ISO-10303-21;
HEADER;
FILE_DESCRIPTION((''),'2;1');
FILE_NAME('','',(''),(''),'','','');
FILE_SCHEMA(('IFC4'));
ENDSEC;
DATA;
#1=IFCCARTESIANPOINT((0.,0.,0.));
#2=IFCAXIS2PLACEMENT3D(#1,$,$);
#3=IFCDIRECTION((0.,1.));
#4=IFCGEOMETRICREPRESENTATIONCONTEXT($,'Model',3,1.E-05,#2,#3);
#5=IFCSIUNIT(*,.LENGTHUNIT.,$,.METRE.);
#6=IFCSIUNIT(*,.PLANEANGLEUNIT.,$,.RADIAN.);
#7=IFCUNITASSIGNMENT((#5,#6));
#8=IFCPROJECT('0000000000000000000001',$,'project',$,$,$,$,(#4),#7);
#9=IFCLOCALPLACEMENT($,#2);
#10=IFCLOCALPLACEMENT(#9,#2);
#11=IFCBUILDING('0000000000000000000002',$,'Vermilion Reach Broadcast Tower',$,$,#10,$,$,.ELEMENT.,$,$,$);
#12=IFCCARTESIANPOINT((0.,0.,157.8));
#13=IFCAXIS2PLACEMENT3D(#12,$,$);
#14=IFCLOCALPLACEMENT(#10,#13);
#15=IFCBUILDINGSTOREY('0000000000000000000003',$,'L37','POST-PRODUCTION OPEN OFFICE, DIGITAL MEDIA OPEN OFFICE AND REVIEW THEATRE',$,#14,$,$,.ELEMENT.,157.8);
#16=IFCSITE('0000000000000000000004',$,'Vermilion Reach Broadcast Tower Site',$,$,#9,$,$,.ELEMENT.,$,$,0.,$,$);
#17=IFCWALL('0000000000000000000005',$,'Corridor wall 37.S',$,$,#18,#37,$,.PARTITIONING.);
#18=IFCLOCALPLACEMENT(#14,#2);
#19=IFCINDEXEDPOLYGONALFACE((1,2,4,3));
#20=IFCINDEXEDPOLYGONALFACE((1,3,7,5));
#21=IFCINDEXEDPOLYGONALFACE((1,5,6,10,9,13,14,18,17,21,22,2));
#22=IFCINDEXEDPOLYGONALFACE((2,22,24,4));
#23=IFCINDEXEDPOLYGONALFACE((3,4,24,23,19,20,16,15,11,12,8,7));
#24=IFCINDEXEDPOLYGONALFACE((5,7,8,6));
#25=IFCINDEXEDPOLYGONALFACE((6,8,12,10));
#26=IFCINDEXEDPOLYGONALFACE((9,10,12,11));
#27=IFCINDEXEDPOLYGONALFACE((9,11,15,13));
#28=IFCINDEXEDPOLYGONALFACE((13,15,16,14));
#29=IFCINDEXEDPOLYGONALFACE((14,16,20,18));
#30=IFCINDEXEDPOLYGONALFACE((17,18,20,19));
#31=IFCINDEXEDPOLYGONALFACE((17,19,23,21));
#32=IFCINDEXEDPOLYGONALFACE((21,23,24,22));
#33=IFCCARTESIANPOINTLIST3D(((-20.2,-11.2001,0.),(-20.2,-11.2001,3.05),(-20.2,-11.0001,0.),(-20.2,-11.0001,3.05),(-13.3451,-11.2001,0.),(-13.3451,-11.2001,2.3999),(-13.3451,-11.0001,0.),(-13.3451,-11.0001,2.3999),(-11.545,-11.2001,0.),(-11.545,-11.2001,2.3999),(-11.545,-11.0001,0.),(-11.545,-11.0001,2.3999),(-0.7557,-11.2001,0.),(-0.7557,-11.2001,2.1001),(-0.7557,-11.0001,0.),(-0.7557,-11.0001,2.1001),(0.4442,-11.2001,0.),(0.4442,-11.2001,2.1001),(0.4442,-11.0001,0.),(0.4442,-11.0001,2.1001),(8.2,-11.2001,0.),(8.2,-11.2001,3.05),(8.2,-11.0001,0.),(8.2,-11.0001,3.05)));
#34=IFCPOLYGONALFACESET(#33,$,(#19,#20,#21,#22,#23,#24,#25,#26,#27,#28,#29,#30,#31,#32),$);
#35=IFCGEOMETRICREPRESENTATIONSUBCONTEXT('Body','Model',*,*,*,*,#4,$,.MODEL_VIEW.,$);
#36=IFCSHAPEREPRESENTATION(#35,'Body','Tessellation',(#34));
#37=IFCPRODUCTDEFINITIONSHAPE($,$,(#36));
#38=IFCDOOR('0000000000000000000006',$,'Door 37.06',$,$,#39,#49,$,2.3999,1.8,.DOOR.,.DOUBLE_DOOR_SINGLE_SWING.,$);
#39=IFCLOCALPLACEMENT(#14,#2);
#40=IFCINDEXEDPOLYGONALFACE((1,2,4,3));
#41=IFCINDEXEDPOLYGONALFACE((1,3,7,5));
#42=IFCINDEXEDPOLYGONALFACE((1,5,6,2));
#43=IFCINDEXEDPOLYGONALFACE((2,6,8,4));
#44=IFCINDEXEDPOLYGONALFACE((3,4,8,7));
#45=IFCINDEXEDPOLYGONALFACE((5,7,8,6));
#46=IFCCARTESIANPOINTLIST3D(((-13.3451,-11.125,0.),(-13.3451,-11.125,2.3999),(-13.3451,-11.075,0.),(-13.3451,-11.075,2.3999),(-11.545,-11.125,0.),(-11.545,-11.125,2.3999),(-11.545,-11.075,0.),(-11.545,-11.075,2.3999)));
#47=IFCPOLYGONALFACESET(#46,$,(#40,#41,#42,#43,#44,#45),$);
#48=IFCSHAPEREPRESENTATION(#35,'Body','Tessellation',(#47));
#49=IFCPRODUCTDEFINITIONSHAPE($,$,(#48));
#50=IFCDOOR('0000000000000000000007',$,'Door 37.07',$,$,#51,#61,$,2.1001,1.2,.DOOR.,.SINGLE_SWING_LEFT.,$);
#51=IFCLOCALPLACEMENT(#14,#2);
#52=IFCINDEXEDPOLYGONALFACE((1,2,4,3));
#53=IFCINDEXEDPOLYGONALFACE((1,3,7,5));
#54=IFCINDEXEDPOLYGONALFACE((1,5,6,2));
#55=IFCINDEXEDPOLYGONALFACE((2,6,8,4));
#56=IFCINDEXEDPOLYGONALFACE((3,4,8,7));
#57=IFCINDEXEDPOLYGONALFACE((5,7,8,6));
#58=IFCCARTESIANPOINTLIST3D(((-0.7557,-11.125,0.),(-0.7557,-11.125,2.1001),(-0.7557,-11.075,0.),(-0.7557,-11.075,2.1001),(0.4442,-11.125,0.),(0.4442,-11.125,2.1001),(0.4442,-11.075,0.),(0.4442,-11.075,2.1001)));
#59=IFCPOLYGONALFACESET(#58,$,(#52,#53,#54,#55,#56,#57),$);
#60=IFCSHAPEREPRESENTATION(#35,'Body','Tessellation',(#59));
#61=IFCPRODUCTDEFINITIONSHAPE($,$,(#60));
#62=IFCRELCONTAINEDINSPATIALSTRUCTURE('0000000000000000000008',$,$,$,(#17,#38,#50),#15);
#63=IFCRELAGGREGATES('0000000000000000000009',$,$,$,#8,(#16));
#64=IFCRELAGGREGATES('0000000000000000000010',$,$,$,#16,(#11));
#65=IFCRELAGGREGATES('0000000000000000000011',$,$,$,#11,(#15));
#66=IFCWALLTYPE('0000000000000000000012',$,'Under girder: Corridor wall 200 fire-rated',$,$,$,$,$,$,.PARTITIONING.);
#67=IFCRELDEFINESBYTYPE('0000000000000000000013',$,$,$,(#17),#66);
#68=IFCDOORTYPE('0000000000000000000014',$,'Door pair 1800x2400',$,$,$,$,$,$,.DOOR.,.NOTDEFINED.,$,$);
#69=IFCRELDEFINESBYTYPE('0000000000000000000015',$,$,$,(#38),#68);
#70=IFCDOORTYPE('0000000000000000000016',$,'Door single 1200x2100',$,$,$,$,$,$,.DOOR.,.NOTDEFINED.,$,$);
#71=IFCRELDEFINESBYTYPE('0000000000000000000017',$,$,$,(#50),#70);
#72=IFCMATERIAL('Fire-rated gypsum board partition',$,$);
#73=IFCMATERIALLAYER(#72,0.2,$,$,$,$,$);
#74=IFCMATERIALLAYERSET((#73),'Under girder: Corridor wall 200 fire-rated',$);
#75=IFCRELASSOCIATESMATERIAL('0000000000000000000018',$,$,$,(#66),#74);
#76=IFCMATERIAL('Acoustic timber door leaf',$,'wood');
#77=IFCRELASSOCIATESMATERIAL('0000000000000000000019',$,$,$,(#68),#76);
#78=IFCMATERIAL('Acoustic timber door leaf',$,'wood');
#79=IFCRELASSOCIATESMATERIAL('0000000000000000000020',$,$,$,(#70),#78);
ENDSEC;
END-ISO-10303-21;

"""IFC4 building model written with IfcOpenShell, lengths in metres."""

from ifc_helpers import new_model, si_unit, direction, frame, frame_2d, origin, place, context, subcontext, project, spatial, rectangle, extrude, material, layer, layer_set, type_object, element, fill, save


model = new_model("IFC4")

# Units and contexts
model_context = context("Model", 3, precision=1e-05, world=origin(), true_north=direction((0.0, 1.0)))
body_context = subcontext(model_context, "Body", "Model", "MODEL_VIEW")
ifc_project = project(units=[si_unit("LENGTHUNIT", "METRE"), si_unit("PLANEANGLEUNIT", "RADIAN")], contexts=[model_context])

# Site, building, storey
site_placement = place(None, origin())
site = spatial("IfcSite", under=ifc_project, at=site_placement, Name="Vermilion Reach Broadcast Tower Site", CompositionType="ELEMENT", RefElevation=0.0)
building_placement = place(site_placement, origin())
building = spatial("IfcBuilding", under=site, at=building_placement, Name="Vermilion Reach Broadcast Tower", CompositionType="ELEMENT")
storey_placement = place(building_placement, frame((0.0, 0.0, 157.8)))
storey = spatial("IfcBuildingStorey", under=building, at=storey_placement, Name="L37", Description="POST-PRODUCTION OPEN OFFICE, DIGITAL MEDIA OPEN OFFICE AND REVIEW THEATRE", CompositionType="ELEMENT", Elevation=157.8)

# Wall, openings, doors
ifc_material_1 = material(Name="Fire-rated gypsum board partition")
ifc_layer_1 = layer(ifc_material_1, 0.2)
ifc_layer_set_1 = layer_set([ifc_layer_1], Name="Under girder: Corridor wall 200 fire-rated")
wall_type_1 = type_object("IfcWallType", Name="Under girder: Corridor wall 200 fire-rated", PredefinedType="PARTITIONING", material=ifc_layer_set_1)
wall_1_placement = place(storey_placement, frame((8.2, -11.1001, 0.0), z_axis=(0.0, 0.0, 1.0), x_axis=(-1.0, 0.0, 0.0)))
wall_1 = element("IfcWall", 1, at=wall_1_placement, inside=storey, type_object=wall_type_1, Name="Corridor wall 37.S", PredefinedType="PARTITIONING", context=body_context, shape_type="SweptSolid", body=[
    extrude(rectangle(XDim=28.3999, YDim=0.2, at=frame_2d((14.2, 0.0))), origin(), (0.0, 0.0, 1.0), 3.05),
])
opening_1_placement = place(wall_1_placement, frame((19.7451, 0.0, 0.0)))
opening_1 = element("IfcOpeningElement", 2, at=opening_1_placement, cuts=wall_1, PredefinedType="OPENING", context=body_context, shape_type="SweptSolid", body=[
    extrude(rectangle(XDim=1.8, YDim=2.3999, at=frame_2d((0.8999, 1.2))), frame((0.0, 0.1099, 0.0), z_axis=(0.0, -1.0, 0.0), x_axis=(1.0, 0.0, 0.0)), (0.0, 0.0, 1.0), 0.22),
])
opening_2_placement = place(wall_1_placement, frame((7.7556, 0.0, 0.0)))
opening_2 = element("IfcOpeningElement", 3, at=opening_2_placement, cuts=wall_1, PredefinedType="OPENING", context=body_context, shape_type="SweptSolid", body=[
    extrude(rectangle(XDim=1.2, YDim=2.1001, at=frame_2d((0.6001, 1.05))), frame((0.0, 0.1099, 0.0), z_axis=(0.0, -1.0, 0.0), x_axis=(1.0, 0.0, 0.0)), (0.0, 0.0, 1.0), 0.22),
])
ifc_material_2 = material(Name="Acoustic timber door leaf", Category="wood")
door_type_1 = type_object("IfcDoorType", Name="Door pair 1800x2400", OperationType="NOTDEFINED", PredefinedType="DOOR", material=ifc_material_2)
door_1_placement = place(opening_1_placement, origin())
door_1 = element("IfcDoor", 4, at=door_1_placement, inside=storey, type_object=door_type_1, Name="Door 37.06", OperationType="DOUBLE_DOOR_SINGLE_SWING", OverallHeight=2.3999, OverallWidth=1.8, PredefinedType="DOOR", context=body_context, shape_type="SweptSolid", body=[
    extrude(rectangle(XDim=1.8, YDim=2.3999, at=frame_2d((0.8999, 1.2))), frame((0.0, 0.0249, 0.0), z_axis=(0.0, -1.0, 0.0), x_axis=(1.0, 0.0, 0.0)), (0.0, 0.0, 1.0), 0.05),
])
fill(opening_1, door_1)
ifc_material_3 = material(Name="Acoustic timber door leaf", Category="wood")
door_type_2 = type_object("IfcDoorType", Name="Door single 1200x2100", OperationType="NOTDEFINED", PredefinedType="DOOR", material=ifc_material_3)
door_2_placement = place(opening_2_placement, origin())
door_2 = element("IfcDoor", 5, at=door_2_placement, inside=storey, type_object=door_type_2, Name="Door 37.07", OperationType="SINGLE_SWING_LEFT", OverallHeight=2.1001, OverallWidth=1.2, PredefinedType="DOOR", context=body_context, shape_type="SweptSolid", body=[
    extrude(rectangle(XDim=1.2, YDim=2.1001, at=frame_2d((0.6001, 1.05))), frame((0.0, 0.0249, 0.0), z_axis=(0.0, -1.0, 0.0), x_axis=(1.0, 0.0, 0.0)), (0.0, 0.0, 1.0), 0.05),
])
fill(opening_2, door_2)

save(model, "model.ifc")
